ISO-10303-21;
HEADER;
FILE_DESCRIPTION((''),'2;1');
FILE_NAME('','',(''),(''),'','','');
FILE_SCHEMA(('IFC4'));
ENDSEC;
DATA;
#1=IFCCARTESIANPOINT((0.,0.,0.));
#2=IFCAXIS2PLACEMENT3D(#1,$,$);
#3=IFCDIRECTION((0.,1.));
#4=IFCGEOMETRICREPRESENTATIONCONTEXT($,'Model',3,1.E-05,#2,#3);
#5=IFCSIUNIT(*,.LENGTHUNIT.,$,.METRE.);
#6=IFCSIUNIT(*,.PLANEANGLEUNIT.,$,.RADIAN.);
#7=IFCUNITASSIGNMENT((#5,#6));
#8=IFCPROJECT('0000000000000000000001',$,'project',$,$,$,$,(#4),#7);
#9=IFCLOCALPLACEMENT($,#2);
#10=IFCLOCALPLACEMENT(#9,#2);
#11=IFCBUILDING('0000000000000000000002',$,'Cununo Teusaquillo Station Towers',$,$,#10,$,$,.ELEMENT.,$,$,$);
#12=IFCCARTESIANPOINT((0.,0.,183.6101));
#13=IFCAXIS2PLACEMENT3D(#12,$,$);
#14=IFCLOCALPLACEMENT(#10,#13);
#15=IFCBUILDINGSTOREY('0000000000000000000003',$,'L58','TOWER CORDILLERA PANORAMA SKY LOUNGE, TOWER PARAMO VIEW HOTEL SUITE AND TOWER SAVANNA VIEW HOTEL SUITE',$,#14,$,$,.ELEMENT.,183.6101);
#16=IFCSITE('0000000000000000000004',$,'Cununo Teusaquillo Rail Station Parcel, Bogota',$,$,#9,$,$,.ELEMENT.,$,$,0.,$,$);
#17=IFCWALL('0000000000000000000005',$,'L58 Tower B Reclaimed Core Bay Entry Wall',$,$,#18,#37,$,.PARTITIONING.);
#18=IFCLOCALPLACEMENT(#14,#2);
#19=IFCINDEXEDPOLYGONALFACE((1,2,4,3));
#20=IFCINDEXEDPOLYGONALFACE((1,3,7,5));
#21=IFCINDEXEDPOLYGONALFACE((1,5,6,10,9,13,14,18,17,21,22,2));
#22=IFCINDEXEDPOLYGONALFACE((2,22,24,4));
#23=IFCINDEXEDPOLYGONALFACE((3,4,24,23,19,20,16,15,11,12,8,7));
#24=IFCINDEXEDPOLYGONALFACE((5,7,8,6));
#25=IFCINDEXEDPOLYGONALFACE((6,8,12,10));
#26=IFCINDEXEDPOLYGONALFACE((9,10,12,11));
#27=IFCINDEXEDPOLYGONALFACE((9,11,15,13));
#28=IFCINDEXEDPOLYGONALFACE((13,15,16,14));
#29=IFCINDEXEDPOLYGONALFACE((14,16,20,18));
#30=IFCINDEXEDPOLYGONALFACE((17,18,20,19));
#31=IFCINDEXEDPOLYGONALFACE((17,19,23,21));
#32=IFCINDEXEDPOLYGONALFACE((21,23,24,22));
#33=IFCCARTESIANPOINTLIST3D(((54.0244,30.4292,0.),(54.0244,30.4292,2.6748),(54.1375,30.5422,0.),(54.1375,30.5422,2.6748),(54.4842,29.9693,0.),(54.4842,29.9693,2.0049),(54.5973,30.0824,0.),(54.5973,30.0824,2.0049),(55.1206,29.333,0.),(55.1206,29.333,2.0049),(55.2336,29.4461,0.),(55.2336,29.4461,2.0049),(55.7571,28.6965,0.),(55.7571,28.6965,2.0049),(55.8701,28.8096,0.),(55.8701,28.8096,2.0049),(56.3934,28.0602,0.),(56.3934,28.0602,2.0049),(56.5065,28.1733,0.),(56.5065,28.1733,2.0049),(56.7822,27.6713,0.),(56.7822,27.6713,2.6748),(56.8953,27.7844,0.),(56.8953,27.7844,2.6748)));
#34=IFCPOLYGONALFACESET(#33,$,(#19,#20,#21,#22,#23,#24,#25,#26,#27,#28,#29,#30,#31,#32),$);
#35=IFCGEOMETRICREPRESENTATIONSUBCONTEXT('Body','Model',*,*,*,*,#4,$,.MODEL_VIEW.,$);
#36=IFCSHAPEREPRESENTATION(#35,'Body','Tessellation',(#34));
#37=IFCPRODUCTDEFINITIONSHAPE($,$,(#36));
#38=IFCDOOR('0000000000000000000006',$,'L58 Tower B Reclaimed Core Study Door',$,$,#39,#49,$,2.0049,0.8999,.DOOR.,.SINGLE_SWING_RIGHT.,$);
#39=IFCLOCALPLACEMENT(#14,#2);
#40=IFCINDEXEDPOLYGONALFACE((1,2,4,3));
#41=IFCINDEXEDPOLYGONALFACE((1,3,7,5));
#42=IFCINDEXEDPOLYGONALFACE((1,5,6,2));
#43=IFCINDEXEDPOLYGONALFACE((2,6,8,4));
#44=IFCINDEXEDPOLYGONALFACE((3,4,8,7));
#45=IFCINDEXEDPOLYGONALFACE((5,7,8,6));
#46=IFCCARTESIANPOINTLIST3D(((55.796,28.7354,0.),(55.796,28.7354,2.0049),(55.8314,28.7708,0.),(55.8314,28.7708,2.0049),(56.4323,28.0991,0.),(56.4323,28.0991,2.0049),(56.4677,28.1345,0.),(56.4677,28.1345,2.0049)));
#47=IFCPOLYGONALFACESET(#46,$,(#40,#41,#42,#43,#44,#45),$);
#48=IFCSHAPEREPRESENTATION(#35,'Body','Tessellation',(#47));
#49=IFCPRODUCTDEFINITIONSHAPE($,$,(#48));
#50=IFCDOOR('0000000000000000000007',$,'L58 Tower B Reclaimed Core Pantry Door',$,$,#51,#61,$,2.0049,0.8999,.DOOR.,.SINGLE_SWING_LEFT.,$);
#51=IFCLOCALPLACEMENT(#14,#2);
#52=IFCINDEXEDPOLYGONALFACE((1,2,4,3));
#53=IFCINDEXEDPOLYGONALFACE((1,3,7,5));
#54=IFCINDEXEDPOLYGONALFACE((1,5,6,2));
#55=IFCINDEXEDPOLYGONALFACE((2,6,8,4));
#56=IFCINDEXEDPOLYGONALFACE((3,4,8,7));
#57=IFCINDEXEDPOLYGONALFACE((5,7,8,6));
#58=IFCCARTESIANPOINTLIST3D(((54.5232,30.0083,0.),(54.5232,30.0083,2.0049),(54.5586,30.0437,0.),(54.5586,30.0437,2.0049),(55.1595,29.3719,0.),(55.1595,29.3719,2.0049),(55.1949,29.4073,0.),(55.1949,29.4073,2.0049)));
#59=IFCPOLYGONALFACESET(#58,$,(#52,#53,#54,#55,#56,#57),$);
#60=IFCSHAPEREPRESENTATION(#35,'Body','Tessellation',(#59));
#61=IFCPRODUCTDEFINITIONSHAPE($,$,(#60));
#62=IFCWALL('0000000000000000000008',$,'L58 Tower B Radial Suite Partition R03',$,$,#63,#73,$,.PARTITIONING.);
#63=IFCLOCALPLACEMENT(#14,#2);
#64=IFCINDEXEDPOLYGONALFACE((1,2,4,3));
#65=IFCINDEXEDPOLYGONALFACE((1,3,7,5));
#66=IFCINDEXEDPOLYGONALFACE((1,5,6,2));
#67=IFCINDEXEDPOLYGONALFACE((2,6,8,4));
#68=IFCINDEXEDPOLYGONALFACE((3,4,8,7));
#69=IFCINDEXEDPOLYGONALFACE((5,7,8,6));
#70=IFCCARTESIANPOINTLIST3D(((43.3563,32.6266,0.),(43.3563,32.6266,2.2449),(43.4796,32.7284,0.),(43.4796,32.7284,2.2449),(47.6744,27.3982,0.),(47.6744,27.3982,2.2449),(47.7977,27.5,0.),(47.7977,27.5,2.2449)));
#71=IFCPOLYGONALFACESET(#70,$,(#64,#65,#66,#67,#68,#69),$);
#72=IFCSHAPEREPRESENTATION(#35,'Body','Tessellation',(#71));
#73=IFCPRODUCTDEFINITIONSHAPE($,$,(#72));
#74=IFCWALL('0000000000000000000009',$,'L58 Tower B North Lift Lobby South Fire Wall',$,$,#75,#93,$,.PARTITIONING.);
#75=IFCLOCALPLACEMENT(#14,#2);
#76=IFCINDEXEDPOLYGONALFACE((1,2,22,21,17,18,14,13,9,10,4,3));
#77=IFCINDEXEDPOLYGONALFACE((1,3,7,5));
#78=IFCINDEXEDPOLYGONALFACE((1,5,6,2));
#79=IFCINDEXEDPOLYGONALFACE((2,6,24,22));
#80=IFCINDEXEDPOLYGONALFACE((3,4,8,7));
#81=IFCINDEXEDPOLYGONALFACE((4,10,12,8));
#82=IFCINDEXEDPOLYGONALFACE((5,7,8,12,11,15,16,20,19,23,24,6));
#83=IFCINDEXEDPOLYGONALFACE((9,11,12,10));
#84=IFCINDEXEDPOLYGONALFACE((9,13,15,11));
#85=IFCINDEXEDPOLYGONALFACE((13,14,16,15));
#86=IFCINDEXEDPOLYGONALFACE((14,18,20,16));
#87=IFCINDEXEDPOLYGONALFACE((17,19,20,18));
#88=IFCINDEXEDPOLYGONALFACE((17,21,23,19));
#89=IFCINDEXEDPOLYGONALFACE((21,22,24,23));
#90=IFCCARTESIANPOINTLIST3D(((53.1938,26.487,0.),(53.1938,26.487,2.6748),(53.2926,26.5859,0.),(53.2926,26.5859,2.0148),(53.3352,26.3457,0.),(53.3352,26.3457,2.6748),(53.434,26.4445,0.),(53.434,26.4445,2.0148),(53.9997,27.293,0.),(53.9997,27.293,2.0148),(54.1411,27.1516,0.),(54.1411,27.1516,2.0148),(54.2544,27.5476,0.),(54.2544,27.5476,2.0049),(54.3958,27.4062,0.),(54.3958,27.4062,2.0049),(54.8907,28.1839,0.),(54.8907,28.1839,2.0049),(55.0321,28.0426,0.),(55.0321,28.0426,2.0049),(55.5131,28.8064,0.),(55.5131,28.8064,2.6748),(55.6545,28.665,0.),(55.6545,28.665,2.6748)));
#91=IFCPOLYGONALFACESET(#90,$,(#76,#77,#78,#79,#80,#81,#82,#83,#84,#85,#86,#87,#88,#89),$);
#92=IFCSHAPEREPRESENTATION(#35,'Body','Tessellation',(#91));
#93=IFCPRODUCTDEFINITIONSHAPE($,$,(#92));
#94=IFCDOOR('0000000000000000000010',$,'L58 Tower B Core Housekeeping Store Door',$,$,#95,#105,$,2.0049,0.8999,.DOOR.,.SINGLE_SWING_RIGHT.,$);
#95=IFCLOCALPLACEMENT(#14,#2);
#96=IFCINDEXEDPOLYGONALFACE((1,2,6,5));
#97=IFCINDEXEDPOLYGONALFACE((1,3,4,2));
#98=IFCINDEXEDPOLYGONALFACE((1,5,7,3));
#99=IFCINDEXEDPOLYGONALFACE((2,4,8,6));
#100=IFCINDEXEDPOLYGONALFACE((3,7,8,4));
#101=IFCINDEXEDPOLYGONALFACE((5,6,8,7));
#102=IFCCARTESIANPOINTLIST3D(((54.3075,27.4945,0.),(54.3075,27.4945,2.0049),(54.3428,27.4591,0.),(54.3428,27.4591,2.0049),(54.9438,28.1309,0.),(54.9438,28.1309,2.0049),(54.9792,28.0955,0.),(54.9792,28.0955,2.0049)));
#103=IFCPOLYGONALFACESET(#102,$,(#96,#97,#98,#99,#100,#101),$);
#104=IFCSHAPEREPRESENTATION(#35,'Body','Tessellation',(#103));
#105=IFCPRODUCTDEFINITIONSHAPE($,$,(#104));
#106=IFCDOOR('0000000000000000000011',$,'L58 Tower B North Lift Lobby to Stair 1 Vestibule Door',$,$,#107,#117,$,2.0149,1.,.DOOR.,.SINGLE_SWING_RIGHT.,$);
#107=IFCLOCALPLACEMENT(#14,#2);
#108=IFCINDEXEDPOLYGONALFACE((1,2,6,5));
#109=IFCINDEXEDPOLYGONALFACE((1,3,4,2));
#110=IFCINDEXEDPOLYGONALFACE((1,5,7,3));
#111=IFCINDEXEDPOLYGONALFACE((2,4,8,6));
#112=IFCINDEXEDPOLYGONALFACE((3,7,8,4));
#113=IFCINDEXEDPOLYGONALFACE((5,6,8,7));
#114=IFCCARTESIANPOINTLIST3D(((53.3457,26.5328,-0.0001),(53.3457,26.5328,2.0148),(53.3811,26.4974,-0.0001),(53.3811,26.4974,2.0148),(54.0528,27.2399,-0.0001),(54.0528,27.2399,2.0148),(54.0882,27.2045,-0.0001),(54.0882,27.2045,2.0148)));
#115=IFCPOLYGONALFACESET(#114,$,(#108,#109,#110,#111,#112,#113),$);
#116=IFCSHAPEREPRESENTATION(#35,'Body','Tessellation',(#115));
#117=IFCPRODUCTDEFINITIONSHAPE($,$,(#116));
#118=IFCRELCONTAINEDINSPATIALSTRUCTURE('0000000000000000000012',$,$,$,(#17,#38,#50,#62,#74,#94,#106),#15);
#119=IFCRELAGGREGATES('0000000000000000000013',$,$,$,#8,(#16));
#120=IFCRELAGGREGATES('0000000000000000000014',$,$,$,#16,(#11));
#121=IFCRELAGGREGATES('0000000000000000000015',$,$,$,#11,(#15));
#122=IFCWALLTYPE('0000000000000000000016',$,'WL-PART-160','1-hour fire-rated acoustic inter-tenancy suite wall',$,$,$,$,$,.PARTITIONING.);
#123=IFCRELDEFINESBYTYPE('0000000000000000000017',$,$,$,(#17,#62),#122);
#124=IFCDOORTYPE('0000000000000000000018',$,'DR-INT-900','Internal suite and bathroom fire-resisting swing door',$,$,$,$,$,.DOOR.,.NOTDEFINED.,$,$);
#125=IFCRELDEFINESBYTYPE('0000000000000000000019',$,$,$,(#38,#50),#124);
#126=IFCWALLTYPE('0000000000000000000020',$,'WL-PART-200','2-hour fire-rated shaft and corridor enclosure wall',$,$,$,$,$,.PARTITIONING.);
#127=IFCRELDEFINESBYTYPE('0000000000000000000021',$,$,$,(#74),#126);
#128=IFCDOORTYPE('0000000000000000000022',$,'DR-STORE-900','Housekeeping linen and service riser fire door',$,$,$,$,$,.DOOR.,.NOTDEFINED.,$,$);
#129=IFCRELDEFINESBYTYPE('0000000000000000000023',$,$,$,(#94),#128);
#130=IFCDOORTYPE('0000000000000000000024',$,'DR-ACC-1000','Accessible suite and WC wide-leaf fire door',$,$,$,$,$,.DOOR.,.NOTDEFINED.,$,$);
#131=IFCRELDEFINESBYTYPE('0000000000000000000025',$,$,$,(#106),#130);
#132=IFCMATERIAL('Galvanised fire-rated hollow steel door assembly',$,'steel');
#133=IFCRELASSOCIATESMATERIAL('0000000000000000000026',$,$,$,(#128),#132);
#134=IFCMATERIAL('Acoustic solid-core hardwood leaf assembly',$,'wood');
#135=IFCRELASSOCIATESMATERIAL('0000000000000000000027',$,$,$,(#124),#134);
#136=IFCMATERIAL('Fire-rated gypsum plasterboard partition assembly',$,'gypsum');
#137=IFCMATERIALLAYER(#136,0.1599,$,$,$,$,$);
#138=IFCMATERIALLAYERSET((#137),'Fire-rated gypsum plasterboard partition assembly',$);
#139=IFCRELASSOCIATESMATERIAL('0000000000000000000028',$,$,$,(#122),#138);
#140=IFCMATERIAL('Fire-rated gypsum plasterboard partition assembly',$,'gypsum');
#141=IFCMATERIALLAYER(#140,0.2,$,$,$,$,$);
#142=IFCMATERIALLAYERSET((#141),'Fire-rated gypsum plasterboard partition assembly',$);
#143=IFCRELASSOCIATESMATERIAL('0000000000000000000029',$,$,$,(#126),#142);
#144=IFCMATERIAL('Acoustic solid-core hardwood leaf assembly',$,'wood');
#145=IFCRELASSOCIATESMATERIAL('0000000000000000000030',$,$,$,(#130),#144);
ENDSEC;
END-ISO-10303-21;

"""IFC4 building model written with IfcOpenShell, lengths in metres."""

from ifc_helpers import new_model, si_unit, direction, frame, frame_2d, origin, place, context, subcontext, project, spatial, rectangle, extrude, source, transform, mapped, material, layer, layer_set, type_object, element, fill, save


model = new_model("IFC4")

# Units and contexts
model_context = context("Model", 3, precision=1e-05, world=origin(), true_north=direction((0.0, 1.0)))
body_context = subcontext(model_context, "Body", "Model", "MODEL_VIEW")
ifc_project = project(units=[si_unit("LENGTHUNIT", "METRE"), si_unit("PLANEANGLEUNIT", "RADIAN")], contexts=[model_context])

# Site, building, storey
site_placement = place(None, origin())
site = spatial("IfcSite", under=ifc_project, at=site_placement, Name="Cununo Teusaquillo Rail Station Parcel, Bogota", CompositionType="ELEMENT", RefElevation=0.0)
building_placement = place(site_placement, origin())
building = spatial("IfcBuilding", under=site, at=building_placement, Name="Cununo Teusaquillo Station Towers", CompositionType="ELEMENT")
storey_placement = place(building_placement, frame((0.0, 0.0, 183.6101)))
storey = spatial("IfcBuildingStorey", under=building, at=storey_placement, Name="L58", Description="TOWER CORDILLERA PANORAMA SKY LOUNGE, TOWER PARAMO VIEW HOTEL SUITE AND TOWER SAVANNA VIEW HOTEL SUITE", CompositionType="ELEMENT", Elevation=183.6101)

# Shared definitions
ifc_material_1 = material(Name="Galvanised fire-rated hollow steel door assembly", Category="steel")
door_type_1 = type_object("IfcDoorType", Name="DR-STORE-900", Description="Housekeeping linen and service riser fire door", OperationType="NOTDEFINED", PredefinedType="DOOR", material=ifc_material_1)
shared_shape_1 = source(origin(), body_context, "Body", "SweptSolid", [
    extrude(rectangle(XDim=0.8999, YDim=2.0049, at=frame_2d((0.45, 1.0024))), frame((0.0, 0.0249, 0.0), z_axis=(0.0, -1.0, 0.0), x_axis=(1.0, 0.0, 0.0)), (0.0, 0.0, 1.0), 0.05),
])

# Shared definitions
ifc_material_2 = material(Name="Acoustic solid-core hardwood leaf assembly", Category="wood")
door_type_2 = type_object("IfcDoorType", Name="DR-INT-900", Description="Internal suite and bathroom fire-resisting swing door", OperationType="NOTDEFINED", PredefinedType="DOOR", material=ifc_material_2)

# Wall, openings, doors
ifc_material_3 = material(Name="Fire-rated gypsum plasterboard partition assembly", Category="gypsum")
ifc_layer_1 = layer(ifc_material_3, 0.1599)
ifc_layer_set_1 = layer_set([ifc_layer_1], Name="Fire-rated gypsum plasterboard partition assembly")
wall_type_1 = type_object("IfcWallType", Name="WL-PART-160", Description="1-hour fire-rated acoustic inter-tenancy suite wall", PredefinedType="PARTITIONING", material=ifc_layer_set_1)
wall_1_placement = place(storey_placement, frame((56.8389, 27.7278, 0.0), z_axis=(0.0, 0.0, 1.0), x_axis=(-0.707107, 0.707107, 0.0)))
wall_1 = element("IfcWall", 1, at=wall_1_placement, inside=storey, type_object=wall_type_1, Name="L58 Tower B Reclaimed Core Bay Entry Wall", PredefinedType="PARTITIONING", context=body_context, shape_type="SweptSolid", body=[
    extrude(rectangle(XDim=3.9001, YDim=0.1599, at=frame_2d((1.9502, 0.0))), origin(), (0.0, 0.0, 1.0), 2.6748),
])
shared_shape_2 = source(origin(), body_context, "Body", "SweptSolid", [
    extrude(rectangle(XDim=0.8999, YDim=2.0049, at=frame_2d((0.45, 1.0024))), frame((0.0, 0.0898, 0.0), z_axis=(0.0, -1.0, 0.0), x_axis=(1.0, 0.0, 0.0)), (0.0, 0.0, 1.0), 0.1799),
])
opening_1_placement = place(wall_1_placement, frame((0.55, 0.0, 0.0)))
opening_1 = element("IfcOpeningElement", 2, at=opening_1_placement, cuts=wall_1, PredefinedType="OPENING", context=body_context, shape_type="MappedRepresentation", body=[
    mapped(shared_shape_2, transform((0.0, 0.0, 0.0), x_axis=(1.0, 0.0, 0.0), y_axis=(0.0, 1.0, 0.0), z_axis=(0.0, 0.0, 1.0), scale=1.0)),
])
opening_2_placement = place(wall_1_placement, frame((2.3501, 0.0, 0.0)))
opening_2 = element("IfcOpeningElement", 3, at=opening_2_placement, cuts=wall_1, PredefinedType="OPENING", context=body_context, shape_type="MappedRepresentation", body=[
    mapped(shared_shape_2, transform((0.0, 0.0, 0.0), x_axis=(1.0, 0.0, 0.0), y_axis=(0.0, 1.0, 0.0), z_axis=(0.0, 0.0, 1.0), scale=1.0)),
])
door_1_placement = place(opening_1_placement, origin())
door_1 = element("IfcDoor", 4, at=door_1_placement, inside=storey, type_object=door_type_2, Name="L58 Tower B Reclaimed Core Study Door", OperationType="SINGLE_SWING_RIGHT", OverallHeight=2.0049, OverallWidth=0.8999, PredefinedType="DOOR", context=body_context, shape_type="MappedRepresentation", body=[
    mapped(shared_shape_1, transform((0.0, 0.0, 0.0), x_axis=(1.0, 0.0, 0.0), y_axis=(0.0, 1.0, 0.0), z_axis=(0.0, 0.0, 1.0), scale=1.0)),
])
fill(opening_1, door_1)
door_2_placement = place(opening_2_placement, origin())
door_2 = element("IfcDoor", 5, at=door_2_placement, inside=storey, type_object=door_type_2, Name="L58 Tower B Reclaimed Core Pantry Door", OperationType="SINGLE_SWING_LEFT", OverallHeight=2.0049, OverallWidth=0.8999, PredefinedType="DOOR", context=body_context, shape_type="MappedRepresentation", body=[
    mapped(shared_shape_1, transform((0.0, 0.0, 0.0), x_axis=(1.0, 0.0, 0.0), y_axis=(0.0, 1.0, 0.0), z_axis=(0.0, 0.0, 1.0), scale=1.0)),
])
fill(opening_2, door_2)

# Wall
wall_2_placement = place(storey_placement, frame((47.7361, 27.449, 0.0), z_axis=(0.0, 0.0, 1.0), x_axis=(-0.636786, 0.771041, 0.0)))
element("IfcWall", 6, at=wall_2_placement, inside=storey, type_object=wall_type_1, Name="L58 Tower B Radial Suite Partition R03", PredefinedType="PARTITIONING", context=body_context, shape_type="SweptSolid", body=[
    extrude(rectangle(XDim=6.781, YDim=0.1599, at=frame_2d((3.3906, 0.0))), origin(), (0.0, 0.0, 1.0), 2.2449),
])

# Wall, openings, doors
ifc_material_4 = material(Name="Fire-rated gypsum plasterboard partition assembly", Category="gypsum")
ifc_layer_2 = layer(ifc_material_4, 0.2)
ifc_layer_set_2 = layer_set([ifc_layer_2], Name="Fire-rated gypsum plasterboard partition assembly")
wall_type_2 = type_object("IfcWallType", Name="WL-PART-200", Description="2-hour fire-rated shaft and corridor enclosure wall", PredefinedType="PARTITIONING", material=ifc_layer_set_2)
wall_3_placement = place(storey_placement, frame((53.2644, 26.4163, 0.0), z_axis=(0.0, 0.0, 1.0), x_axis=(0.707107, 0.707107, 0.0)))
wall_3 = element("IfcWall", 7, at=wall_3_placement, inside=storey, type_object=wall_type_2, Name="L58 Tower B North Lift Lobby South Fire Wall", PredefinedType="PARTITIONING", context=body_context, shape_type="SweptSolid", body=[
    extrude(rectangle(XDim=3.28, YDim=0.2, at=frame_2d((1.6401, 0.0))), origin(), (0.0, 0.0, 1.0), 2.6748),
])
shared_shape_3 = source(origin(), body_context, "Body", "SweptSolid", [
    extrude(rectangle(XDim=1.0, YDim=2.0149, at=frame_2d((0.5, 1.0073))), frame((0.0, 0.1099, 0.0), z_axis=(0.0, -1.0, 0.0), x_axis=(1.0, 0.0, 0.0)), (0.0, 0.0, 1.0), 0.22),
])
opening_3_placement = place(wall_3_placement, frame((0.1399, 0.0, 0.0)))
opening_3 = element("IfcOpeningElement", 8, at=opening_3_placement, cuts=wall_3, PredefinedType="OPENING", context=body_context, shape_type="MappedRepresentation", body=[
    mapped(shared_shape_3, transform((0.0, 0.0, 0.0), x_axis=(1.0, 0.0, 0.0), y_axis=(0.0, 1.0, 0.0), z_axis=(0.0, 0.0, 1.0), scale=1.0)),
])
shared_shape_4 = source(origin(), body_context, "Body", "SweptSolid", [
    extrude(rectangle(XDim=0.8999, YDim=2.0049, at=frame_2d((0.45, 1.0024))), frame((0.0, 0.1099, 0.0), z_axis=(0.0, -1.0, 0.0), x_axis=(1.0, 0.0, 0.0)), (0.0, 0.0, 1.0), 0.22),
])
opening_4_placement = place(wall_3_placement, frame((1.5, 0.0, 0.0)))
opening_4 = element("IfcOpeningElement", 9, at=opening_4_placement, cuts=wall_3, PredefinedType="OPENING", context=body_context, shape_type="MappedRepresentation", body=[
    mapped(shared_shape_4, transform((0.0, 0.0, 0.0), x_axis=(1.0, 0.0, 0.0), y_axis=(0.0, 1.0, 0.0), z_axis=(0.0, 0.0, 1.0), scale=1.0)),
])
door_3_placement = place(opening_4_placement, origin())
door_3 = element("IfcDoor", 10, at=door_3_placement, inside=storey, type_object=door_type_1, Name="L58 Tower B Core Housekeeping Store Door", OperationType="SINGLE_SWING_RIGHT", OverallHeight=2.0049, OverallWidth=0.8999, PredefinedType="DOOR", context=body_context, shape_type="MappedRepresentation", body=[
    mapped(shared_shape_1, transform((0.0, 0.0, 0.0), x_axis=(1.0, 0.0, 0.0), y_axis=(0.0, 1.0, 0.0), z_axis=(0.0, 0.0, 1.0), scale=1.0)),
])
fill(opening_4, door_3)
ifc_material_5 = material(Name="Acoustic solid-core hardwood leaf assembly", Category="wood")
door_type_3 = type_object("IfcDoorType", Name="DR-ACC-1000", Description="Accessible suite and WC wide-leaf fire door", OperationType="NOTDEFINED", PredefinedType="DOOR", material=ifc_material_5)
shared_shape_5 = source(origin(), body_context, "Body", "SweptSolid", [
    extrude(rectangle(XDim=1.0, YDim=2.0149, at=frame_2d((0.5, 1.0073))), frame((0.0, 0.0249, 0.0), z_axis=(0.0, -1.0, 0.0), x_axis=(1.0, 0.0, 0.0)), (0.0, 0.0, 1.0), 0.05),
])
door_4_placement = place(opening_3_placement, origin())
door_4 = element("IfcDoor", 11, at=door_4_placement, inside=storey, type_object=door_type_3, Name="L58 Tower B North Lift Lobby to Stair 1 Vestibule Door", OperationType="SINGLE_SWING_RIGHT", OverallHeight=2.0149, OverallWidth=1.0, PredefinedType="DOOR", context=body_context, shape_type="MappedRepresentation", body=[
    mapped(shared_shape_5, transform((0.0, 0.0, 0.0), x_axis=(1.0, 0.0, 0.0), y_axis=(0.0, 1.0, 0.0), z_axis=(0.0, 0.0, 1.0), scale=1.0)),
])
fill(opening_3, door_4)

save(model, "model.ifc")
